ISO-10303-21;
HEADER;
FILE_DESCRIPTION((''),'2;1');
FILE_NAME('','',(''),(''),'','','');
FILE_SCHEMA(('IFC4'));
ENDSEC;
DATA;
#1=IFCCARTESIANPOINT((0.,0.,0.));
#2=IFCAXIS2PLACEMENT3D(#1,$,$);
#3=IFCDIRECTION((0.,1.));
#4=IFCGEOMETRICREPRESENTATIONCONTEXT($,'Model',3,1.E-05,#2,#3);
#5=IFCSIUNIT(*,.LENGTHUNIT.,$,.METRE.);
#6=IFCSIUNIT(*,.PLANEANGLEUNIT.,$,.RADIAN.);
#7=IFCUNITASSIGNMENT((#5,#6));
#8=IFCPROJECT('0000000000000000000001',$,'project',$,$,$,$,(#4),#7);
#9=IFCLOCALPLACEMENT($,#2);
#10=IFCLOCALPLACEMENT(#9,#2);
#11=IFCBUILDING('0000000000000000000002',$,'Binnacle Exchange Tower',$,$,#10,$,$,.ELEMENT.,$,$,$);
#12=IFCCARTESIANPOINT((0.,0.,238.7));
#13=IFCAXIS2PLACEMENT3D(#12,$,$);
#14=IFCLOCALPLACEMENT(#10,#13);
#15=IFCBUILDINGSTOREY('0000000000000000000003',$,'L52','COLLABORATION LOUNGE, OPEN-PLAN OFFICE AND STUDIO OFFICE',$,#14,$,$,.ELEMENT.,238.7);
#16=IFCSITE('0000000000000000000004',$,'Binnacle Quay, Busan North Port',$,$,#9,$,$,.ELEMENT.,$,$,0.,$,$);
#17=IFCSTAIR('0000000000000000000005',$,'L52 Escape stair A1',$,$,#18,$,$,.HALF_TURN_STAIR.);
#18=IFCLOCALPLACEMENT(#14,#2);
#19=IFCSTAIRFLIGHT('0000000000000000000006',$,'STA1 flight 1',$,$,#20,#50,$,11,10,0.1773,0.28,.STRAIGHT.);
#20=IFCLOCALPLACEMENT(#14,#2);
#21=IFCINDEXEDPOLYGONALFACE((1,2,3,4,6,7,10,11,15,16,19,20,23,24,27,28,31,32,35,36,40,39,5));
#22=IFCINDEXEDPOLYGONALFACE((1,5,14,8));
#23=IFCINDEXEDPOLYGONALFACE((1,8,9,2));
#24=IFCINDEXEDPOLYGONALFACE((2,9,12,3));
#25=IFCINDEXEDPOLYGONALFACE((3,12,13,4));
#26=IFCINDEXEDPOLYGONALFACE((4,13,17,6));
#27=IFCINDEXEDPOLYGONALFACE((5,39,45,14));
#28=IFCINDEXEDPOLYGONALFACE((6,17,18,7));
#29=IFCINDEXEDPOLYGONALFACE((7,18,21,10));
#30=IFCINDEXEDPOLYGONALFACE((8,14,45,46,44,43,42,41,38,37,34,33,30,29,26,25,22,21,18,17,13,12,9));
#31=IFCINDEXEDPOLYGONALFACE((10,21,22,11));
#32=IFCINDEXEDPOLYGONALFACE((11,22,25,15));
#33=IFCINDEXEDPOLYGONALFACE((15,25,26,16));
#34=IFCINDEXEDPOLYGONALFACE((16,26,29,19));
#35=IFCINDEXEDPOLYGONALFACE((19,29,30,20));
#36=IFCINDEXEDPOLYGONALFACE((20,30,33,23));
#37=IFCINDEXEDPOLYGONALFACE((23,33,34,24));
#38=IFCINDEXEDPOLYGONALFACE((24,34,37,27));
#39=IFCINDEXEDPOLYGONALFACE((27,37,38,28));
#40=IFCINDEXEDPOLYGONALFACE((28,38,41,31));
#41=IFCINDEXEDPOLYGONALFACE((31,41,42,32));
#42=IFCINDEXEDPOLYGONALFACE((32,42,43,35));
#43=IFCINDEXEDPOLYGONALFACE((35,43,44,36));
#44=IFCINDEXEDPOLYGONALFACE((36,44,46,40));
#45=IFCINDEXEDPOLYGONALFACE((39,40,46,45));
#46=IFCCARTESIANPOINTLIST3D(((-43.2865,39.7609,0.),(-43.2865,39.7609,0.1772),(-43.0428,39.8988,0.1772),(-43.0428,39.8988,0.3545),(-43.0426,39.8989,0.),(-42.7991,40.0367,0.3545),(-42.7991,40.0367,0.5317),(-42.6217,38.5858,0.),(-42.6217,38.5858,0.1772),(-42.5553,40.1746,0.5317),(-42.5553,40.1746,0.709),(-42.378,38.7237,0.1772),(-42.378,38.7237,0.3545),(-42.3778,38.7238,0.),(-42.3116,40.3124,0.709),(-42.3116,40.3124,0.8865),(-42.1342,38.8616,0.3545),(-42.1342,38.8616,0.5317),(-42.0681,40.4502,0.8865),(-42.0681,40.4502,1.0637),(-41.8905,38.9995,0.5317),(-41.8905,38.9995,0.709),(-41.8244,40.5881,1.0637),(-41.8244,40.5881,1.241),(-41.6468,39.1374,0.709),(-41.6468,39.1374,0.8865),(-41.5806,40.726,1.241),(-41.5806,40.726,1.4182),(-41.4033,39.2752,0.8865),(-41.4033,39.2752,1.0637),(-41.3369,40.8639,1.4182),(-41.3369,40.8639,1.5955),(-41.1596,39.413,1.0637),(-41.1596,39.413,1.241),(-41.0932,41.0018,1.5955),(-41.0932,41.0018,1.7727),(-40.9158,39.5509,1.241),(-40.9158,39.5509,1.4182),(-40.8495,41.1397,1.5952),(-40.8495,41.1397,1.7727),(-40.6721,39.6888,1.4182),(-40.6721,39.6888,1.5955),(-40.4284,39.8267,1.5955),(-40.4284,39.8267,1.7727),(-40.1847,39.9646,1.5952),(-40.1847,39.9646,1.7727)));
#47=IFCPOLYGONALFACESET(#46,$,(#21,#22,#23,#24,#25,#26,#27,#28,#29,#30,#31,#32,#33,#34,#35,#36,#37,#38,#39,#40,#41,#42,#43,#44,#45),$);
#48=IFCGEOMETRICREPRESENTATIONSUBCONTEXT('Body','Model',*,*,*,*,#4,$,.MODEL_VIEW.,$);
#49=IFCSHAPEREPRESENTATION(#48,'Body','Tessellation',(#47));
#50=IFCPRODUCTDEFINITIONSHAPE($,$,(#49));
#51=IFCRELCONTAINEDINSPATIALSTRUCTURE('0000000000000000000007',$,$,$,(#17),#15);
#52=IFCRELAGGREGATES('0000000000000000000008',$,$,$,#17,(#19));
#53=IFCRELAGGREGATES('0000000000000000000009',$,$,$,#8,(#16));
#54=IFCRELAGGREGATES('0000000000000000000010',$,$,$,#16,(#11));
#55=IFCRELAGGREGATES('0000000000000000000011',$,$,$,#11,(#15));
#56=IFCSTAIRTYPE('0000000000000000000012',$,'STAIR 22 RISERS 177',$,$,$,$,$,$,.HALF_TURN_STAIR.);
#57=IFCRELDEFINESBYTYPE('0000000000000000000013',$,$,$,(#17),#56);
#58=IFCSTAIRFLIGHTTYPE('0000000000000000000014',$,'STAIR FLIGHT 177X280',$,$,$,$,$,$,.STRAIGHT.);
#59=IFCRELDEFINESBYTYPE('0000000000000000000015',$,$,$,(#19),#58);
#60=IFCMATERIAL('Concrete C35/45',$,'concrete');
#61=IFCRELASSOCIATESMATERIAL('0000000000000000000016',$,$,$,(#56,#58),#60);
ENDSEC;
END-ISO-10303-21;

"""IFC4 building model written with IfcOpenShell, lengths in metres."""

from ifc_helpers import new_model, si_unit, direction, frame, origin, place, context, subcontext, project, spatial, polyline, outline, extrude, material, type_object, element, aggregate, save


model = new_model("IFC4")

# Units and contexts
model_context = context("Model", 3, precision=1e-05, world=origin(), true_north=direction((0.0, 1.0)))
body_context = subcontext(model_context, "Body", "Model", "MODEL_VIEW")
ifc_project = project(units=[si_unit("LENGTHUNIT", "METRE"), si_unit("PLANEANGLEUNIT", "RADIAN")], contexts=[model_context])

# Site, building, storey
site_placement = place(None, origin())
site = spatial("IfcSite", under=ifc_project, at=site_placement, Name="Binnacle Quay, Busan North Port", CompositionType="ELEMENT", RefElevation=0.0)
building_placement = place(site_placement, origin())
building = spatial("IfcBuilding", under=site, at=building_placement, Name="Binnacle Exchange Tower", CompositionType="ELEMENT")
storey_placement = place(building_placement, frame((0.0, 0.0, 238.7)))
storey = spatial("IfcBuildingStorey", under=building, at=storey_placement, Name="L52", Description="COLLABORATION LOUNGE, OPEN-PLAN OFFICE AND STUDIO OFFICE", CompositionType="ELEMENT", Elevation=238.7)

# Stair, stair flight
ifc_material_1 = material(Name="Concrete C35/45", Category="concrete")
stair_type = type_object("IfcStairType", Name="STAIR 22 RISERS 177", PredefinedType="HALF_TURN_STAIR", material=ifc_material_1)
stair_placement = place(storey_placement, origin())
stair = element("IfcStair", 1, at=stair_placement, inside=storey, type_object=stair_type, Name="L52 Escape stair A1", PredefinedType="HALF_TURN_STAIR")
stair_flight_type = type_object("IfcStairFlightType", Name="STAIR FLIGHT 177X280", PredefinedType="STRAIGHT", material=ifc_material_1)
stair_flight_placement = place(storey_placement, frame((-42.9541, 39.1733, 0.0), z_axis=(0.0, 0.0, 1.0), x_axis=(0.870356, 0.492424, 0.0)))
stair_flight = element("IfcStairFlight", 2, at=stair_flight_placement, type_object=stair_flight_type, Name="STA1 flight 1", NumberOfRisers=11, NumberOfTreads=10, PredefinedType="STRAIGHT", RiserHeight=0.1773, TreadLength=0.28, context=body_context, shape_type="SweptSolid", body=[
    extrude(outline(polyline([(0.0, 0.0), (0.0, 0.1772), (0.28, 0.1772), (0.28, 0.3545), (0.5601, 0.3545), (0.5601, 0.5317), (0.8401, 0.5317), (0.8401, 0.709), (1.1201, 0.709), (1.1201, 0.8865), (1.3999, 0.8865), (1.3999, 1.0637), (1.6799, 1.0637), (1.6799, 1.241), (1.96, 1.241), (1.96, 1.4182), (2.24, 1.4182), (2.24, 1.5955), (2.52, 1.5955), (2.52, 1.7727), (2.8, 1.7727), (2.8, 1.95), (2.8, 1.5952), (0.2803, 0.0), (0.0, 0.0)])), frame((0.0, 0.675, 0.0), z_axis=(0.0, -1.0, 0.0), x_axis=(1.0, 0.0, 0.0)), (0.0, 0.0, 1.0), 1.3501),
])
aggregate(stair, [stair_flight])

save(model, "model.ifc")
